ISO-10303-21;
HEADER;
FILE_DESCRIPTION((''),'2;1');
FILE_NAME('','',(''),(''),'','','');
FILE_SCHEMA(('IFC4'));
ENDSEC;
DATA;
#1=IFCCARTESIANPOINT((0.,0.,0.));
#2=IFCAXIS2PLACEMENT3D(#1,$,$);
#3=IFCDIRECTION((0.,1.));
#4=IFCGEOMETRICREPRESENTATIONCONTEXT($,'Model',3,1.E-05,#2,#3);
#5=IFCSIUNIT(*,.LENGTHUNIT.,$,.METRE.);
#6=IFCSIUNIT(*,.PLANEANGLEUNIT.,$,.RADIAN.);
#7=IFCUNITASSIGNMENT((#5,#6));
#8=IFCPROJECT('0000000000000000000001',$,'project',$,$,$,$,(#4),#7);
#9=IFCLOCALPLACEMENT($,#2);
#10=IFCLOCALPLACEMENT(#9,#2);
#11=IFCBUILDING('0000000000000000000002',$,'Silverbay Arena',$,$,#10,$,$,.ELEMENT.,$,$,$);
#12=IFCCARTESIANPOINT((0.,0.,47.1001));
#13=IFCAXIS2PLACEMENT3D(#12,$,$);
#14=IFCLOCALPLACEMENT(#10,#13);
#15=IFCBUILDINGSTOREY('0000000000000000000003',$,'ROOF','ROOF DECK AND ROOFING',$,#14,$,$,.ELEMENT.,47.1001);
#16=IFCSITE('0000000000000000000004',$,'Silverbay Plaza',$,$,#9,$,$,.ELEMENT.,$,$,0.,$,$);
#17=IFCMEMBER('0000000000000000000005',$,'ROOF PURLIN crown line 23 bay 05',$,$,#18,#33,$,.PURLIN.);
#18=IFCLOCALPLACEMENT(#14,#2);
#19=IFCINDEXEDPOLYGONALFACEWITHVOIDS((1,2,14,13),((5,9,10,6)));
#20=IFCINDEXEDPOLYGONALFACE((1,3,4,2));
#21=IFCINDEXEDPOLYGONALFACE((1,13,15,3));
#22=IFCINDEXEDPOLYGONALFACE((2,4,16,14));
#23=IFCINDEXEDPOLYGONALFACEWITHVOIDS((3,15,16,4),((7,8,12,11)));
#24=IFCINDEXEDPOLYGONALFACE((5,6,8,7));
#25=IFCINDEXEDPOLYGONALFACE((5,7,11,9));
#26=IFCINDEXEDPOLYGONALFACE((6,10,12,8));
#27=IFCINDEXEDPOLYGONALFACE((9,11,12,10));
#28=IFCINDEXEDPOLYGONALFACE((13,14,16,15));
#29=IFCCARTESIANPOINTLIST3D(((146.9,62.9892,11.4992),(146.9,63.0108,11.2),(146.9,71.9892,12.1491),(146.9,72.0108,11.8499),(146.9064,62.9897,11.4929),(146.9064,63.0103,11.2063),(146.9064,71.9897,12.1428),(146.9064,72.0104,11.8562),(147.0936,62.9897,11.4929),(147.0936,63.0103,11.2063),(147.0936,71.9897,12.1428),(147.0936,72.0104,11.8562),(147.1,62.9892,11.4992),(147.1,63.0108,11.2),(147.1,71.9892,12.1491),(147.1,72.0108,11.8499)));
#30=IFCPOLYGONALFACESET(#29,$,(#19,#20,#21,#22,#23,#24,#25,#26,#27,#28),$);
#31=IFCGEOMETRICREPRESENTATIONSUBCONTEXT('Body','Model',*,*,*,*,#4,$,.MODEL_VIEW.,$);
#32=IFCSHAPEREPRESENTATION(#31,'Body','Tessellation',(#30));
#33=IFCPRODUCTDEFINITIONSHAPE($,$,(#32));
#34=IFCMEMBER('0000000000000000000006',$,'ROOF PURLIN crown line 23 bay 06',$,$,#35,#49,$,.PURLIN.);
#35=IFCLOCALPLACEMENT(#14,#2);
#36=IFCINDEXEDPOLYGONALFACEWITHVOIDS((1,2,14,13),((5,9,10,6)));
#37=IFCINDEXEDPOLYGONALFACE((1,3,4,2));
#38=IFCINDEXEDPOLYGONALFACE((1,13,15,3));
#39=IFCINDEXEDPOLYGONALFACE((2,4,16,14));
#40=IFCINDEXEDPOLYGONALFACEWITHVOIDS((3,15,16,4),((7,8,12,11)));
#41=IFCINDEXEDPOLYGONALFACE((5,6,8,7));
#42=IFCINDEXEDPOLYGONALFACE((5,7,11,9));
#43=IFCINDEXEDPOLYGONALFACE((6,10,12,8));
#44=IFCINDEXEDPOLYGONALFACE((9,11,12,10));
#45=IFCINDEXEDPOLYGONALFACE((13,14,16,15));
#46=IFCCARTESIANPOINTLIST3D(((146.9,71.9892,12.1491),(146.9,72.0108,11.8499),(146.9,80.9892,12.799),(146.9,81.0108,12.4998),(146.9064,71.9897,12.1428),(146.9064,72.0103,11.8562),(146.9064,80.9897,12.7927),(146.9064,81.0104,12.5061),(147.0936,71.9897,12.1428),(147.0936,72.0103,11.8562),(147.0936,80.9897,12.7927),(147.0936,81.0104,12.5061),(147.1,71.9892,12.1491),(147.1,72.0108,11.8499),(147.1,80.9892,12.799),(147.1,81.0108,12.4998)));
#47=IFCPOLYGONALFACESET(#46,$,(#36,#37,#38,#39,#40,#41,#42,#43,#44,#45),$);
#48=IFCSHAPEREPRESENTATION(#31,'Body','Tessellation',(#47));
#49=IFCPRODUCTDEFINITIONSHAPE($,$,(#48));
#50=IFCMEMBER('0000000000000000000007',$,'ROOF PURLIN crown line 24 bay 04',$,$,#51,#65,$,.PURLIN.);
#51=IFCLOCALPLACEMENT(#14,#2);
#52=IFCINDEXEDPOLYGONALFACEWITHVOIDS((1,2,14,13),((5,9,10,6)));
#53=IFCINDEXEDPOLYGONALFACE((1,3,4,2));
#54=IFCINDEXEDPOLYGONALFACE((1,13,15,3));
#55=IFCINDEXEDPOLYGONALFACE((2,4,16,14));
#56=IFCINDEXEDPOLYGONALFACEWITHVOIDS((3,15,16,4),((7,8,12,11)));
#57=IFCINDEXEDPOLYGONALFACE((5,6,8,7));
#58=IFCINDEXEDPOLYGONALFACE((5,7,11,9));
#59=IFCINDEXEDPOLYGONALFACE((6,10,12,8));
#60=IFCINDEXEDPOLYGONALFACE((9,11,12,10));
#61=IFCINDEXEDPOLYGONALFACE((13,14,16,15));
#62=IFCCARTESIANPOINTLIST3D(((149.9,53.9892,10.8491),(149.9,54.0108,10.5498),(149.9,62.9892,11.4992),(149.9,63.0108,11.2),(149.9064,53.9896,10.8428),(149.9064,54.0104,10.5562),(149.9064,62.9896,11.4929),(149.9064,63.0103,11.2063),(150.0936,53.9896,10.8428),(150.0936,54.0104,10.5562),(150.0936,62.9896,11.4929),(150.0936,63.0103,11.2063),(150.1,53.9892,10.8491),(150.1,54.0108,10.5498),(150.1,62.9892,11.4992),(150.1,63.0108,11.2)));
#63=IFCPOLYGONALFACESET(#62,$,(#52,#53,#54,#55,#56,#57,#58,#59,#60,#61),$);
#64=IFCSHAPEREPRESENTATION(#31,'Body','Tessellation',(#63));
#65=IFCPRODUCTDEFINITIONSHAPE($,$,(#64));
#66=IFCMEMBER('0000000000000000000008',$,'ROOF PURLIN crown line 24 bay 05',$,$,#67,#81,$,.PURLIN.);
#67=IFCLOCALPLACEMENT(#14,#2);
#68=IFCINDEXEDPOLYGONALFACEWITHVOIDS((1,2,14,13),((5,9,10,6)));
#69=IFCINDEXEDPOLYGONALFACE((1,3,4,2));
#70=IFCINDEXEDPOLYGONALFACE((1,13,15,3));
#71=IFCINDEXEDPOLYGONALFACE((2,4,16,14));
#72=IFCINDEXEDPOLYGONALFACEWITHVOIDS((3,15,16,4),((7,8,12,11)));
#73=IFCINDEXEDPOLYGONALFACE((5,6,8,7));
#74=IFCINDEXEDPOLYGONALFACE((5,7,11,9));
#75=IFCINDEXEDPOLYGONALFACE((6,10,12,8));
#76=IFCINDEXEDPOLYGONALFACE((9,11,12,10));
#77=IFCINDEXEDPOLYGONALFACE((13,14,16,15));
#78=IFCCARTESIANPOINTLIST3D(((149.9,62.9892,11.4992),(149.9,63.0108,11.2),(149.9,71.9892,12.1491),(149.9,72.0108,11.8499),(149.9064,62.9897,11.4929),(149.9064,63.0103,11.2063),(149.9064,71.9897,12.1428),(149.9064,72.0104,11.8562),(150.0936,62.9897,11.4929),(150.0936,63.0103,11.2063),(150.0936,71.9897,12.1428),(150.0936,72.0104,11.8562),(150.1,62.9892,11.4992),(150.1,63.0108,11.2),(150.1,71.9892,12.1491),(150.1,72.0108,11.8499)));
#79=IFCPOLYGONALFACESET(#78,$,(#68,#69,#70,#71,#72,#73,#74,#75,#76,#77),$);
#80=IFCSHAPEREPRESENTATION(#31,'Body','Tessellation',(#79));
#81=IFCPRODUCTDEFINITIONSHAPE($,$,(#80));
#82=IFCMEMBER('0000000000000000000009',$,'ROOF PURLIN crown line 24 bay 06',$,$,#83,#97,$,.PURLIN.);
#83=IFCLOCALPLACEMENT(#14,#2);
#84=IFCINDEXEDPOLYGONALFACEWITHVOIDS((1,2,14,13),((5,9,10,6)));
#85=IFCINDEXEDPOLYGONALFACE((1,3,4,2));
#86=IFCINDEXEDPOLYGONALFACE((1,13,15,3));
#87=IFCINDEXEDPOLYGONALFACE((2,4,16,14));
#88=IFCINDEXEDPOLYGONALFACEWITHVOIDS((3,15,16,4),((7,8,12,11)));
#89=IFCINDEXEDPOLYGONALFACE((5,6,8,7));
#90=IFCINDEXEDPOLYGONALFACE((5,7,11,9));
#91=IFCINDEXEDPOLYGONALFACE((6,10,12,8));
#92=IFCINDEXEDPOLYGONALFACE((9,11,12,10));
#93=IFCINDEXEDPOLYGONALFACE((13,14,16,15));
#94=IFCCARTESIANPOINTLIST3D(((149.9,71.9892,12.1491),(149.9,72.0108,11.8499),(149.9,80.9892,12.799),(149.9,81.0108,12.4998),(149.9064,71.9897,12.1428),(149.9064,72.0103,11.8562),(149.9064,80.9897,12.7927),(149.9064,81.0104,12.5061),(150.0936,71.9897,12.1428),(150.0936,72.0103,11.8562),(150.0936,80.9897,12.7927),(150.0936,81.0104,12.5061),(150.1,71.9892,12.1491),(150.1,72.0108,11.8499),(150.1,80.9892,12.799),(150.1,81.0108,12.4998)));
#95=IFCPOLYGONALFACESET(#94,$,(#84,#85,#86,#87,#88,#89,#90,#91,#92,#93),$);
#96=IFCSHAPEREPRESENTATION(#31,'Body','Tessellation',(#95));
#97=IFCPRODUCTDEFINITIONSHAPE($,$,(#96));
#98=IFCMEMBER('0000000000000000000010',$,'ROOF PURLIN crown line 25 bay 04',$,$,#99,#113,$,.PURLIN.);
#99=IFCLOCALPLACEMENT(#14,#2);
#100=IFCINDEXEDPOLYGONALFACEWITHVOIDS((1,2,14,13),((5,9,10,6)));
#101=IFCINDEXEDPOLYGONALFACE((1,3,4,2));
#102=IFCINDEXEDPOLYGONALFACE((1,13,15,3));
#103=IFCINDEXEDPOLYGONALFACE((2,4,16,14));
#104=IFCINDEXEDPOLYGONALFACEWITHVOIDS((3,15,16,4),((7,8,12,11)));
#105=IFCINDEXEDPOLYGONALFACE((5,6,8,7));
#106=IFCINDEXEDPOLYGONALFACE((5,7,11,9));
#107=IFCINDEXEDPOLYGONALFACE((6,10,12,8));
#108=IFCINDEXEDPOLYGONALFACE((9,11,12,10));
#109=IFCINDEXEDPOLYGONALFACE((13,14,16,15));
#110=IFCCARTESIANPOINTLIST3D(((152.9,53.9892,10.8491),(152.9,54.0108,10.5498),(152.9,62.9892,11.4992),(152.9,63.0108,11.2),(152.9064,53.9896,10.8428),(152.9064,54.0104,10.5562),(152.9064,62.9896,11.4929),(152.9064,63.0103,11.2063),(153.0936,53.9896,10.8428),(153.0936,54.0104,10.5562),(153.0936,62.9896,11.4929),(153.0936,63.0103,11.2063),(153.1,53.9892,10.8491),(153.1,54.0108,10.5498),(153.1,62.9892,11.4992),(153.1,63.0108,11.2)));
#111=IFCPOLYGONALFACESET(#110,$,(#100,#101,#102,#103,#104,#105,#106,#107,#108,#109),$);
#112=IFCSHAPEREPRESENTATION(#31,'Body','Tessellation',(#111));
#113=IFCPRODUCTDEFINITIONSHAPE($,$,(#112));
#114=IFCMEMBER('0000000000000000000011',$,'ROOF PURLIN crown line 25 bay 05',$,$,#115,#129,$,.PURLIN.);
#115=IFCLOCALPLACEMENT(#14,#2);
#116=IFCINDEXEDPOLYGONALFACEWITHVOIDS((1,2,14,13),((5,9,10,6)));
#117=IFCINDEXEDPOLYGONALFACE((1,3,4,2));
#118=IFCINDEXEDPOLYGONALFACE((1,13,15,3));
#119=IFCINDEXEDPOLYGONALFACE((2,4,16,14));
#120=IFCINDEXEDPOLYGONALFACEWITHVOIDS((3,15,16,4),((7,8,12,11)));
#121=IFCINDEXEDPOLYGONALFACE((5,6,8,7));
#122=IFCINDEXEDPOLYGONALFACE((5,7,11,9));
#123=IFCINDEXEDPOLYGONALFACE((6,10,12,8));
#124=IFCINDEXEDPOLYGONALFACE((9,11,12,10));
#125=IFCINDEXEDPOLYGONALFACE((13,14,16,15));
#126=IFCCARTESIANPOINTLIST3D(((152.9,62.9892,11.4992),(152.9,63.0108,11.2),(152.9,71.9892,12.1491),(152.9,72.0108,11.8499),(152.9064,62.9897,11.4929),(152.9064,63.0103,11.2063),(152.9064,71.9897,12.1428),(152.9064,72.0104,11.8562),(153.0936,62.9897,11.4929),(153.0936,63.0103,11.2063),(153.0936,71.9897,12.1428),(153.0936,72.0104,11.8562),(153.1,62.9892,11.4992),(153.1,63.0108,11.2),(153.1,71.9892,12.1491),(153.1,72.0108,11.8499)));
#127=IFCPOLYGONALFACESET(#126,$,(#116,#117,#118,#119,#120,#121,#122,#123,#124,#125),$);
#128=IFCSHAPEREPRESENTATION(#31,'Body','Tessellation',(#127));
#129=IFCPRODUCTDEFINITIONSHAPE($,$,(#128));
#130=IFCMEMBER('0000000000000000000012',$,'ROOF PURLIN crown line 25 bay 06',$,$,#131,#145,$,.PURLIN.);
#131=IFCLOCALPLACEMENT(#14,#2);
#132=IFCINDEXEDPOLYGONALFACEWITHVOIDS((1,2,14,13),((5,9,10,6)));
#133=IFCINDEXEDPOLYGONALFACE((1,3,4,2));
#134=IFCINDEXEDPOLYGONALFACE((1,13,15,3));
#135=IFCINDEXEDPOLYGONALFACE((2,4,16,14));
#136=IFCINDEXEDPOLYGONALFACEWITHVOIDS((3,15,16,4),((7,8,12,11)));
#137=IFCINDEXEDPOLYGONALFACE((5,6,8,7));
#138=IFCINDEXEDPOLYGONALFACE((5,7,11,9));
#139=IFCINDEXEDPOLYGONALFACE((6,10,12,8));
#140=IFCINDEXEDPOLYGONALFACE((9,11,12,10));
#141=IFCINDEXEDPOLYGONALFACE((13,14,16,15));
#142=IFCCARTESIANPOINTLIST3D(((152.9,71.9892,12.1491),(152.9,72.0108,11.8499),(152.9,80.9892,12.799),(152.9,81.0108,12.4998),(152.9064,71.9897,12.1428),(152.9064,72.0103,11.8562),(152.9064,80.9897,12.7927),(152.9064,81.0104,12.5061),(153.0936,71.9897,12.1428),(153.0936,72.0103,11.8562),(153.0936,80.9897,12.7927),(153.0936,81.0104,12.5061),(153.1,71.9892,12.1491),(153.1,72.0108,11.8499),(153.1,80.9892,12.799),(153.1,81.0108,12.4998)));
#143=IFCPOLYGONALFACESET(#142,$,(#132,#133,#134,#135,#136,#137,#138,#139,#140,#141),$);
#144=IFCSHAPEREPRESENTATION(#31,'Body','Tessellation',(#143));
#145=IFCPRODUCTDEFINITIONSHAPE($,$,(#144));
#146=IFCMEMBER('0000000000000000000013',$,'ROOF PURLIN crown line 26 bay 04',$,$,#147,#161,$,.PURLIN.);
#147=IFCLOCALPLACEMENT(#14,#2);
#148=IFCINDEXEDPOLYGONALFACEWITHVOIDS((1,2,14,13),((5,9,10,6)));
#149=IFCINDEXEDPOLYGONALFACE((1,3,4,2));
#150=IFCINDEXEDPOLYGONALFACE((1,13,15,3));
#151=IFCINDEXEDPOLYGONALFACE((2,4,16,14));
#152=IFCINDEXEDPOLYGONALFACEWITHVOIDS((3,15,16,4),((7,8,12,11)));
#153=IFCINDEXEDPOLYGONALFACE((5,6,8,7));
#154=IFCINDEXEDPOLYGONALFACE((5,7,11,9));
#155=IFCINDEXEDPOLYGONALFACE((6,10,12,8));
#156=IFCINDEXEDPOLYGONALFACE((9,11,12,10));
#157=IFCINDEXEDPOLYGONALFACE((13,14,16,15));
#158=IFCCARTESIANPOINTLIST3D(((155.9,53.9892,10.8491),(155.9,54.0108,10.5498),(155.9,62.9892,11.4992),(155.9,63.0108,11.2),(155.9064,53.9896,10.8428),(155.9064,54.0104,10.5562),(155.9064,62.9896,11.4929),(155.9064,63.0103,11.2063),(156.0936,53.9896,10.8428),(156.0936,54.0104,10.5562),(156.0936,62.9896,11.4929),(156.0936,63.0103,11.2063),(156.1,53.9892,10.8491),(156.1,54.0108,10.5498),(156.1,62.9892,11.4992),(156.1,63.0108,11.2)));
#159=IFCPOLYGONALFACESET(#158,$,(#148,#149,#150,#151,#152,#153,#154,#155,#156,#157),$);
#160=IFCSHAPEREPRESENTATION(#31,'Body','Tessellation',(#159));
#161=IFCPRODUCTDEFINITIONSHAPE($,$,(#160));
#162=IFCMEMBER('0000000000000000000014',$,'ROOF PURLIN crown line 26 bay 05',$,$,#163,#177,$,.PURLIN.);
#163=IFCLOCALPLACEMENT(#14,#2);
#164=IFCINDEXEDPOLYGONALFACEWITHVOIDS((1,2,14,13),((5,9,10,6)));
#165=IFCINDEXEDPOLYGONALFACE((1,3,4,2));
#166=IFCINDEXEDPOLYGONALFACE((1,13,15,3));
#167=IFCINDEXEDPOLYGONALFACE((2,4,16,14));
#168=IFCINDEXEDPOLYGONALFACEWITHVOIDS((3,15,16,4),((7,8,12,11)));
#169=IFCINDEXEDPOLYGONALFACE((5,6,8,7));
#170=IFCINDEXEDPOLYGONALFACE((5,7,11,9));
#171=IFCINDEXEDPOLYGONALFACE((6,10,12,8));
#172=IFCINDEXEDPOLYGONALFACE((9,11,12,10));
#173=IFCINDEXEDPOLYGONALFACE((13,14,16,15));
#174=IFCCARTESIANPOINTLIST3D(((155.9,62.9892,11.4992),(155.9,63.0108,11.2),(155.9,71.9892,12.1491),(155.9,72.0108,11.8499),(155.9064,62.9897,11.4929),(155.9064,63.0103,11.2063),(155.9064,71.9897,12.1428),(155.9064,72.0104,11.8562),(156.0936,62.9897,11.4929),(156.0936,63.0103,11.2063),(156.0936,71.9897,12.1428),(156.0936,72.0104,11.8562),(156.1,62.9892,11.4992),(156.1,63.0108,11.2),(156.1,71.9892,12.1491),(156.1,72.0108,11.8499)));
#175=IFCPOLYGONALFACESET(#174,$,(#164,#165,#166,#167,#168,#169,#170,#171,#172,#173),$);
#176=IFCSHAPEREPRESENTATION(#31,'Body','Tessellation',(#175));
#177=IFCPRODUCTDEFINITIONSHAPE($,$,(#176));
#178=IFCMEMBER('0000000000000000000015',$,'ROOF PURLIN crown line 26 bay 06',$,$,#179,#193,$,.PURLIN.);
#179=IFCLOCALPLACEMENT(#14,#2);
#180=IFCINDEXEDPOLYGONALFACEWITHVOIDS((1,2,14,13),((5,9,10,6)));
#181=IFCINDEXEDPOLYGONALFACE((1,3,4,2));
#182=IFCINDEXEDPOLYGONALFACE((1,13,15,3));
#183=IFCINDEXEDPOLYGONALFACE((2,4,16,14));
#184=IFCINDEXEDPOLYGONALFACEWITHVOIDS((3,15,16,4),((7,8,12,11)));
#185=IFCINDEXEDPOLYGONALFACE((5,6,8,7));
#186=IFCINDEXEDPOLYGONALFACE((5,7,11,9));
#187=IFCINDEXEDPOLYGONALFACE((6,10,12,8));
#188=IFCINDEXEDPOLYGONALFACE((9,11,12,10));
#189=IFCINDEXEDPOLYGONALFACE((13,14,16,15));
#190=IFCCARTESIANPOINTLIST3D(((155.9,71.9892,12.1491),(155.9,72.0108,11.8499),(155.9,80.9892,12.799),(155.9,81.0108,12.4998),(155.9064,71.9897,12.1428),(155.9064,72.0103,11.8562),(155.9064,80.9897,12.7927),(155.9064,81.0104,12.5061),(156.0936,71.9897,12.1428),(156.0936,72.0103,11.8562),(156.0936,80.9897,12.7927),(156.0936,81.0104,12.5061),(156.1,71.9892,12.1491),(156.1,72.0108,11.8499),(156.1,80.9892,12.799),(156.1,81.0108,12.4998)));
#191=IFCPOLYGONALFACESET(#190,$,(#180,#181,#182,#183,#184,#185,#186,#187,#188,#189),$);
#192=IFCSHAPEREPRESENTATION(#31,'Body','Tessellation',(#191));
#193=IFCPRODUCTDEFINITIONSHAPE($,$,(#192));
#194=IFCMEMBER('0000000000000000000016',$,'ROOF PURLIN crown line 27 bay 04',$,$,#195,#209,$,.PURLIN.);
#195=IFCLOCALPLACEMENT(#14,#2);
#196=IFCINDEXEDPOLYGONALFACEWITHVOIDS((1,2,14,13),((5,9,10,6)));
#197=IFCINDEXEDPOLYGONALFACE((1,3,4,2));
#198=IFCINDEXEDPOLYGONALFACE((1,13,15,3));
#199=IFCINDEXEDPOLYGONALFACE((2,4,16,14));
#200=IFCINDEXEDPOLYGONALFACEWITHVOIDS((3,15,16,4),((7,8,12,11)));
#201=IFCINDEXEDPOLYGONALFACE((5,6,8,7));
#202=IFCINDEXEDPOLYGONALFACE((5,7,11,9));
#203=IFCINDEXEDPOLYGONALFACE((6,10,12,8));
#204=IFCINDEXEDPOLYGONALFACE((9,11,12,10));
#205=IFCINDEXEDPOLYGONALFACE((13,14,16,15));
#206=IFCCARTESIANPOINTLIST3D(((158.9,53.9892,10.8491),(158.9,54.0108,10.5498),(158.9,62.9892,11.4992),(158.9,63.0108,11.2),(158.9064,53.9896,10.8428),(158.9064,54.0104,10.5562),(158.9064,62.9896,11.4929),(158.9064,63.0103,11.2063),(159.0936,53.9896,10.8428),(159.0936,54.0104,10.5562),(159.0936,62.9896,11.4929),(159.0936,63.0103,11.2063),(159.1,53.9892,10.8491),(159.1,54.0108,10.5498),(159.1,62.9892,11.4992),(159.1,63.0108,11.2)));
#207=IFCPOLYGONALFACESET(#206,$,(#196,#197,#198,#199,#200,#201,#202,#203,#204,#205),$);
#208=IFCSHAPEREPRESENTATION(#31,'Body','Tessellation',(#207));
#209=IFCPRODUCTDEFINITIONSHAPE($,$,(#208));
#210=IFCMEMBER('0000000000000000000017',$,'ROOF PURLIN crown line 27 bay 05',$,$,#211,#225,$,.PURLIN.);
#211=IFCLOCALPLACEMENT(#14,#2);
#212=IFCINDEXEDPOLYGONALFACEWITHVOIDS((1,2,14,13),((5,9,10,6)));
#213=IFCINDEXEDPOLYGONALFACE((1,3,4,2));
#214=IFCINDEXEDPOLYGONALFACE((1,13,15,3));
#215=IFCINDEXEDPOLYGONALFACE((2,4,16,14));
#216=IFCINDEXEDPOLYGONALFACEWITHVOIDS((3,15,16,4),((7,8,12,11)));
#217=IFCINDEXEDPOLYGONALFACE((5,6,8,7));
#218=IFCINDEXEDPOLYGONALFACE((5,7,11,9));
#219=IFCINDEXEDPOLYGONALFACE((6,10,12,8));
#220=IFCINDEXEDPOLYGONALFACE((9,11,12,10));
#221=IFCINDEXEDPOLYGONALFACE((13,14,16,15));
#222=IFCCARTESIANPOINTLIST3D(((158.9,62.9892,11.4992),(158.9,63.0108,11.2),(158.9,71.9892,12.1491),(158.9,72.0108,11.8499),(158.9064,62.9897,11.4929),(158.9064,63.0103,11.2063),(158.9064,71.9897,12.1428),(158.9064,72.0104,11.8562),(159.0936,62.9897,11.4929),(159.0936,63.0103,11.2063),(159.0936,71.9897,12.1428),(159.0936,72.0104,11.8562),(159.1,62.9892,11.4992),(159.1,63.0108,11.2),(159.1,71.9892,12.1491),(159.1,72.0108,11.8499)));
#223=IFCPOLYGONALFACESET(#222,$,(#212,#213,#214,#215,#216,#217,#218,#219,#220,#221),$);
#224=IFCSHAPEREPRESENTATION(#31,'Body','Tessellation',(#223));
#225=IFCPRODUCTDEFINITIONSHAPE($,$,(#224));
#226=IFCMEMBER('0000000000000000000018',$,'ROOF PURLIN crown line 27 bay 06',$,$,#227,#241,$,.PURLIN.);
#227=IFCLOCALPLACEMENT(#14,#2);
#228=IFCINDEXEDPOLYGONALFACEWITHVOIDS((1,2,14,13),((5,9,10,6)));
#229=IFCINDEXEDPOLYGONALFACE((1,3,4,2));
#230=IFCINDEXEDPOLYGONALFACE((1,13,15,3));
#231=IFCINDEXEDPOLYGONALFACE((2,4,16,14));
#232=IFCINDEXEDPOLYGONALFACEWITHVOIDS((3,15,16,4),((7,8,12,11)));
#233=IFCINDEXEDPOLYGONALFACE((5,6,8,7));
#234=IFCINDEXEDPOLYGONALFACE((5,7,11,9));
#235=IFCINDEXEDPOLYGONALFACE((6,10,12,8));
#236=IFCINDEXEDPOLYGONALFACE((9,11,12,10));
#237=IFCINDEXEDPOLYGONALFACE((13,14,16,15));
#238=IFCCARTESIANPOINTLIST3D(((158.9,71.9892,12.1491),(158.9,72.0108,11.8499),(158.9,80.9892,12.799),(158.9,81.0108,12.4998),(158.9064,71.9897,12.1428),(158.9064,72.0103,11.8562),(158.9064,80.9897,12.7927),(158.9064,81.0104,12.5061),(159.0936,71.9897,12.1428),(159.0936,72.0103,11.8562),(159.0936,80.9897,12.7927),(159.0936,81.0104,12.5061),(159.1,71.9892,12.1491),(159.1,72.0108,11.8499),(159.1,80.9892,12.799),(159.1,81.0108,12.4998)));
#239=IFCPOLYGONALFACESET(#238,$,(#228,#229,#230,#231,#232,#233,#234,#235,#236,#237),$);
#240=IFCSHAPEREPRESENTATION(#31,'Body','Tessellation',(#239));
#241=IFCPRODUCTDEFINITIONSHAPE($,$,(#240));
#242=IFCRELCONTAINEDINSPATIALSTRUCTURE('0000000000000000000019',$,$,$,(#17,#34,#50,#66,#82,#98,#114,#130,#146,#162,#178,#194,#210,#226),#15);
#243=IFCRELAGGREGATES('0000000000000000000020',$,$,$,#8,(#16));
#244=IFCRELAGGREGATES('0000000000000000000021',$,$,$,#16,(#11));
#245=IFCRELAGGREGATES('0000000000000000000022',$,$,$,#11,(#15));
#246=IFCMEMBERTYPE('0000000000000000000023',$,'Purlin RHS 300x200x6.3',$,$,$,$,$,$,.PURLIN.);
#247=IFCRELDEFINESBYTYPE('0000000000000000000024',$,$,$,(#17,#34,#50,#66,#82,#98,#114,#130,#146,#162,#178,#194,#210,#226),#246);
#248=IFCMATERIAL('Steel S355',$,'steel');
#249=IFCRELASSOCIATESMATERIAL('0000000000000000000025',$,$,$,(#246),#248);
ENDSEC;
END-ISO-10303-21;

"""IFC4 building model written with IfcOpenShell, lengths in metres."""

from ifc_helpers import new_model, si_unit, direction, frame, origin, origin_2d, place, context, subcontext, project, spatial, hollow_rectangle, extrude, material, material_profile, profile_set, type_object, element, save


model = new_model("IFC4")

# Units and contexts
model_context = context("Model", 3, precision=1e-05, world=origin(), true_north=direction((0.0, 1.0)))
body_context = subcontext(model_context, "Body", "Model", "MODEL_VIEW")
ifc_project = project(units=[si_unit("LENGTHUNIT", "METRE"), si_unit("PLANEANGLEUNIT", "RADIAN")], contexts=[model_context])

# Site, building, storey
site_placement = place(None, origin())
site = spatial("IfcSite", under=ifc_project, at=site_placement, Name="Silverbay Plaza", CompositionType="ELEMENT", RefElevation=0.0)
building_placement = place(site_placement, origin())
building = spatial("IfcBuilding", under=site, at=building_placement, Name="Silverbay Arena", CompositionType="ELEMENT")
storey_placement = place(building_placement, frame((0.0, 0.0, 47.1001)))
storey = spatial("IfcBuildingStorey", under=building, at=storey_placement, Name="ROOF", Description="ROOF DECK AND ROOFING", CompositionType="ELEMENT", Elevation=47.1001)

# Members
ifc_material_1 = material(Name="Steel S355", Category="steel")
ifc_material_profile_1 = material_profile(ifc_material_1, hollow_rectangle(XDim=0.2, YDim=0.3, WallThickness=0.0063, at=origin_2d()), Name="RHS 300x200x6.3")
ifc_profile_set_1 = profile_set([ifc_material_profile_1], Name="Steel S355")
member_type_1 = type_object("IfcMemberType", Name="Purlin RHS 300x200x6.3", PredefinedType="PURLIN", material=ifc_profile_set_1)
for number, where, z_axis, x_axis, name in (
    (1, (147.0, 63.0, 11.3496), (0.0, 0.997403, 0.072024), (-1.0, 0.0, 0.0), "ROOF PURLIN crown line 23 bay 05"),
    (2, (147.0, 72.0, 11.9995), (0.0, 0.997403, 0.072024), (-1.0, 0.0, 0.0), "ROOF PURLIN crown line 23 bay 06"),
    (3, (150.0, 54.0, 10.6995), (0.0, 0.997401, 0.072051), (-1.0, 0.0, 0.0), "ROOF PURLIN crown line 24 bay 04"),
    (4, (150.0, 63.0, 11.3496), (0.0, 0.997403, 0.072024), (-1.0, 0.0, 0.0), "ROOF PURLIN crown line 24 bay 05"),
    (5, (150.0, 72.0, 11.9995), (0.0, 0.997403, 0.072024), (-1.0, 0.0, 0.0), "ROOF PURLIN crown line 24 bay 06"),
    (6, (153.0, 54.0, 10.6995), (0.0, 0.997401, 0.072051), (-1.0, 0.0, 0.0), "ROOF PURLIN crown line 25 bay 04"),
    (7, (153.0, 63.0, 11.3496), (0.0, 0.997403, 0.072024), (-1.0, 0.0, 0.0), "ROOF PURLIN crown line 25 bay 05"),
    (8, (153.0, 72.0, 11.9995), (0.0, 0.997403, 0.072024), (-1.0, 0.0, 0.0), "ROOF PURLIN crown line 25 bay 06"),
    (9, (156.0, 54.0, 10.6995), (0.0, 0.997401, 0.072051), (-1.0, 0.0, 0.0), "ROOF PURLIN crown line 26 bay 04"),
    (10, (156.0, 63.0, 11.3496), (0.0, 0.997403, 0.072024), (-1.0, 0.0, 0.0), "ROOF PURLIN crown line 26 bay 05"),
    (11, (156.0, 72.0, 11.9995), (0.0, 0.997403, 0.072024), (-1.0, 0.0, 0.0), "ROOF PURLIN crown line 26 bay 06"),
    (12, (159.0, 54.0, 10.6995), (0.0, 0.997401, 0.072051), (-1.0, 0.0, 0.0), "ROOF PURLIN crown line 27 bay 04"),
    (13, (159.0, 63.0, 11.3496), (0.0, 0.997403, 0.072024), (-1.0, 0.0, 0.0), "ROOF PURLIN crown line 27 bay 05"),
    (14, (159.0, 72.0, 11.9995), (0.0, 0.997403, 0.072024), (-1.0, 0.0, 0.0), "ROOF PURLIN crown line 27 bay 06"),
):
    element("IfcMember", number, at=place(storey_placement, frame(where, z_axis=z_axis, x_axis=x_axis)), inside=storey, type_object=member_type_1, Name=name, PredefinedType="PURLIN", context=body_context, shape_type="SweptSolid", body=[
        extrude(hollow_rectangle(XDim=0.2, YDim=0.3, WallThickness=0.0063, at=origin_2d()), origin(), (0.0, 0.0, 1.0), 9.0234),
    ])

save(model, "model.ifc")
